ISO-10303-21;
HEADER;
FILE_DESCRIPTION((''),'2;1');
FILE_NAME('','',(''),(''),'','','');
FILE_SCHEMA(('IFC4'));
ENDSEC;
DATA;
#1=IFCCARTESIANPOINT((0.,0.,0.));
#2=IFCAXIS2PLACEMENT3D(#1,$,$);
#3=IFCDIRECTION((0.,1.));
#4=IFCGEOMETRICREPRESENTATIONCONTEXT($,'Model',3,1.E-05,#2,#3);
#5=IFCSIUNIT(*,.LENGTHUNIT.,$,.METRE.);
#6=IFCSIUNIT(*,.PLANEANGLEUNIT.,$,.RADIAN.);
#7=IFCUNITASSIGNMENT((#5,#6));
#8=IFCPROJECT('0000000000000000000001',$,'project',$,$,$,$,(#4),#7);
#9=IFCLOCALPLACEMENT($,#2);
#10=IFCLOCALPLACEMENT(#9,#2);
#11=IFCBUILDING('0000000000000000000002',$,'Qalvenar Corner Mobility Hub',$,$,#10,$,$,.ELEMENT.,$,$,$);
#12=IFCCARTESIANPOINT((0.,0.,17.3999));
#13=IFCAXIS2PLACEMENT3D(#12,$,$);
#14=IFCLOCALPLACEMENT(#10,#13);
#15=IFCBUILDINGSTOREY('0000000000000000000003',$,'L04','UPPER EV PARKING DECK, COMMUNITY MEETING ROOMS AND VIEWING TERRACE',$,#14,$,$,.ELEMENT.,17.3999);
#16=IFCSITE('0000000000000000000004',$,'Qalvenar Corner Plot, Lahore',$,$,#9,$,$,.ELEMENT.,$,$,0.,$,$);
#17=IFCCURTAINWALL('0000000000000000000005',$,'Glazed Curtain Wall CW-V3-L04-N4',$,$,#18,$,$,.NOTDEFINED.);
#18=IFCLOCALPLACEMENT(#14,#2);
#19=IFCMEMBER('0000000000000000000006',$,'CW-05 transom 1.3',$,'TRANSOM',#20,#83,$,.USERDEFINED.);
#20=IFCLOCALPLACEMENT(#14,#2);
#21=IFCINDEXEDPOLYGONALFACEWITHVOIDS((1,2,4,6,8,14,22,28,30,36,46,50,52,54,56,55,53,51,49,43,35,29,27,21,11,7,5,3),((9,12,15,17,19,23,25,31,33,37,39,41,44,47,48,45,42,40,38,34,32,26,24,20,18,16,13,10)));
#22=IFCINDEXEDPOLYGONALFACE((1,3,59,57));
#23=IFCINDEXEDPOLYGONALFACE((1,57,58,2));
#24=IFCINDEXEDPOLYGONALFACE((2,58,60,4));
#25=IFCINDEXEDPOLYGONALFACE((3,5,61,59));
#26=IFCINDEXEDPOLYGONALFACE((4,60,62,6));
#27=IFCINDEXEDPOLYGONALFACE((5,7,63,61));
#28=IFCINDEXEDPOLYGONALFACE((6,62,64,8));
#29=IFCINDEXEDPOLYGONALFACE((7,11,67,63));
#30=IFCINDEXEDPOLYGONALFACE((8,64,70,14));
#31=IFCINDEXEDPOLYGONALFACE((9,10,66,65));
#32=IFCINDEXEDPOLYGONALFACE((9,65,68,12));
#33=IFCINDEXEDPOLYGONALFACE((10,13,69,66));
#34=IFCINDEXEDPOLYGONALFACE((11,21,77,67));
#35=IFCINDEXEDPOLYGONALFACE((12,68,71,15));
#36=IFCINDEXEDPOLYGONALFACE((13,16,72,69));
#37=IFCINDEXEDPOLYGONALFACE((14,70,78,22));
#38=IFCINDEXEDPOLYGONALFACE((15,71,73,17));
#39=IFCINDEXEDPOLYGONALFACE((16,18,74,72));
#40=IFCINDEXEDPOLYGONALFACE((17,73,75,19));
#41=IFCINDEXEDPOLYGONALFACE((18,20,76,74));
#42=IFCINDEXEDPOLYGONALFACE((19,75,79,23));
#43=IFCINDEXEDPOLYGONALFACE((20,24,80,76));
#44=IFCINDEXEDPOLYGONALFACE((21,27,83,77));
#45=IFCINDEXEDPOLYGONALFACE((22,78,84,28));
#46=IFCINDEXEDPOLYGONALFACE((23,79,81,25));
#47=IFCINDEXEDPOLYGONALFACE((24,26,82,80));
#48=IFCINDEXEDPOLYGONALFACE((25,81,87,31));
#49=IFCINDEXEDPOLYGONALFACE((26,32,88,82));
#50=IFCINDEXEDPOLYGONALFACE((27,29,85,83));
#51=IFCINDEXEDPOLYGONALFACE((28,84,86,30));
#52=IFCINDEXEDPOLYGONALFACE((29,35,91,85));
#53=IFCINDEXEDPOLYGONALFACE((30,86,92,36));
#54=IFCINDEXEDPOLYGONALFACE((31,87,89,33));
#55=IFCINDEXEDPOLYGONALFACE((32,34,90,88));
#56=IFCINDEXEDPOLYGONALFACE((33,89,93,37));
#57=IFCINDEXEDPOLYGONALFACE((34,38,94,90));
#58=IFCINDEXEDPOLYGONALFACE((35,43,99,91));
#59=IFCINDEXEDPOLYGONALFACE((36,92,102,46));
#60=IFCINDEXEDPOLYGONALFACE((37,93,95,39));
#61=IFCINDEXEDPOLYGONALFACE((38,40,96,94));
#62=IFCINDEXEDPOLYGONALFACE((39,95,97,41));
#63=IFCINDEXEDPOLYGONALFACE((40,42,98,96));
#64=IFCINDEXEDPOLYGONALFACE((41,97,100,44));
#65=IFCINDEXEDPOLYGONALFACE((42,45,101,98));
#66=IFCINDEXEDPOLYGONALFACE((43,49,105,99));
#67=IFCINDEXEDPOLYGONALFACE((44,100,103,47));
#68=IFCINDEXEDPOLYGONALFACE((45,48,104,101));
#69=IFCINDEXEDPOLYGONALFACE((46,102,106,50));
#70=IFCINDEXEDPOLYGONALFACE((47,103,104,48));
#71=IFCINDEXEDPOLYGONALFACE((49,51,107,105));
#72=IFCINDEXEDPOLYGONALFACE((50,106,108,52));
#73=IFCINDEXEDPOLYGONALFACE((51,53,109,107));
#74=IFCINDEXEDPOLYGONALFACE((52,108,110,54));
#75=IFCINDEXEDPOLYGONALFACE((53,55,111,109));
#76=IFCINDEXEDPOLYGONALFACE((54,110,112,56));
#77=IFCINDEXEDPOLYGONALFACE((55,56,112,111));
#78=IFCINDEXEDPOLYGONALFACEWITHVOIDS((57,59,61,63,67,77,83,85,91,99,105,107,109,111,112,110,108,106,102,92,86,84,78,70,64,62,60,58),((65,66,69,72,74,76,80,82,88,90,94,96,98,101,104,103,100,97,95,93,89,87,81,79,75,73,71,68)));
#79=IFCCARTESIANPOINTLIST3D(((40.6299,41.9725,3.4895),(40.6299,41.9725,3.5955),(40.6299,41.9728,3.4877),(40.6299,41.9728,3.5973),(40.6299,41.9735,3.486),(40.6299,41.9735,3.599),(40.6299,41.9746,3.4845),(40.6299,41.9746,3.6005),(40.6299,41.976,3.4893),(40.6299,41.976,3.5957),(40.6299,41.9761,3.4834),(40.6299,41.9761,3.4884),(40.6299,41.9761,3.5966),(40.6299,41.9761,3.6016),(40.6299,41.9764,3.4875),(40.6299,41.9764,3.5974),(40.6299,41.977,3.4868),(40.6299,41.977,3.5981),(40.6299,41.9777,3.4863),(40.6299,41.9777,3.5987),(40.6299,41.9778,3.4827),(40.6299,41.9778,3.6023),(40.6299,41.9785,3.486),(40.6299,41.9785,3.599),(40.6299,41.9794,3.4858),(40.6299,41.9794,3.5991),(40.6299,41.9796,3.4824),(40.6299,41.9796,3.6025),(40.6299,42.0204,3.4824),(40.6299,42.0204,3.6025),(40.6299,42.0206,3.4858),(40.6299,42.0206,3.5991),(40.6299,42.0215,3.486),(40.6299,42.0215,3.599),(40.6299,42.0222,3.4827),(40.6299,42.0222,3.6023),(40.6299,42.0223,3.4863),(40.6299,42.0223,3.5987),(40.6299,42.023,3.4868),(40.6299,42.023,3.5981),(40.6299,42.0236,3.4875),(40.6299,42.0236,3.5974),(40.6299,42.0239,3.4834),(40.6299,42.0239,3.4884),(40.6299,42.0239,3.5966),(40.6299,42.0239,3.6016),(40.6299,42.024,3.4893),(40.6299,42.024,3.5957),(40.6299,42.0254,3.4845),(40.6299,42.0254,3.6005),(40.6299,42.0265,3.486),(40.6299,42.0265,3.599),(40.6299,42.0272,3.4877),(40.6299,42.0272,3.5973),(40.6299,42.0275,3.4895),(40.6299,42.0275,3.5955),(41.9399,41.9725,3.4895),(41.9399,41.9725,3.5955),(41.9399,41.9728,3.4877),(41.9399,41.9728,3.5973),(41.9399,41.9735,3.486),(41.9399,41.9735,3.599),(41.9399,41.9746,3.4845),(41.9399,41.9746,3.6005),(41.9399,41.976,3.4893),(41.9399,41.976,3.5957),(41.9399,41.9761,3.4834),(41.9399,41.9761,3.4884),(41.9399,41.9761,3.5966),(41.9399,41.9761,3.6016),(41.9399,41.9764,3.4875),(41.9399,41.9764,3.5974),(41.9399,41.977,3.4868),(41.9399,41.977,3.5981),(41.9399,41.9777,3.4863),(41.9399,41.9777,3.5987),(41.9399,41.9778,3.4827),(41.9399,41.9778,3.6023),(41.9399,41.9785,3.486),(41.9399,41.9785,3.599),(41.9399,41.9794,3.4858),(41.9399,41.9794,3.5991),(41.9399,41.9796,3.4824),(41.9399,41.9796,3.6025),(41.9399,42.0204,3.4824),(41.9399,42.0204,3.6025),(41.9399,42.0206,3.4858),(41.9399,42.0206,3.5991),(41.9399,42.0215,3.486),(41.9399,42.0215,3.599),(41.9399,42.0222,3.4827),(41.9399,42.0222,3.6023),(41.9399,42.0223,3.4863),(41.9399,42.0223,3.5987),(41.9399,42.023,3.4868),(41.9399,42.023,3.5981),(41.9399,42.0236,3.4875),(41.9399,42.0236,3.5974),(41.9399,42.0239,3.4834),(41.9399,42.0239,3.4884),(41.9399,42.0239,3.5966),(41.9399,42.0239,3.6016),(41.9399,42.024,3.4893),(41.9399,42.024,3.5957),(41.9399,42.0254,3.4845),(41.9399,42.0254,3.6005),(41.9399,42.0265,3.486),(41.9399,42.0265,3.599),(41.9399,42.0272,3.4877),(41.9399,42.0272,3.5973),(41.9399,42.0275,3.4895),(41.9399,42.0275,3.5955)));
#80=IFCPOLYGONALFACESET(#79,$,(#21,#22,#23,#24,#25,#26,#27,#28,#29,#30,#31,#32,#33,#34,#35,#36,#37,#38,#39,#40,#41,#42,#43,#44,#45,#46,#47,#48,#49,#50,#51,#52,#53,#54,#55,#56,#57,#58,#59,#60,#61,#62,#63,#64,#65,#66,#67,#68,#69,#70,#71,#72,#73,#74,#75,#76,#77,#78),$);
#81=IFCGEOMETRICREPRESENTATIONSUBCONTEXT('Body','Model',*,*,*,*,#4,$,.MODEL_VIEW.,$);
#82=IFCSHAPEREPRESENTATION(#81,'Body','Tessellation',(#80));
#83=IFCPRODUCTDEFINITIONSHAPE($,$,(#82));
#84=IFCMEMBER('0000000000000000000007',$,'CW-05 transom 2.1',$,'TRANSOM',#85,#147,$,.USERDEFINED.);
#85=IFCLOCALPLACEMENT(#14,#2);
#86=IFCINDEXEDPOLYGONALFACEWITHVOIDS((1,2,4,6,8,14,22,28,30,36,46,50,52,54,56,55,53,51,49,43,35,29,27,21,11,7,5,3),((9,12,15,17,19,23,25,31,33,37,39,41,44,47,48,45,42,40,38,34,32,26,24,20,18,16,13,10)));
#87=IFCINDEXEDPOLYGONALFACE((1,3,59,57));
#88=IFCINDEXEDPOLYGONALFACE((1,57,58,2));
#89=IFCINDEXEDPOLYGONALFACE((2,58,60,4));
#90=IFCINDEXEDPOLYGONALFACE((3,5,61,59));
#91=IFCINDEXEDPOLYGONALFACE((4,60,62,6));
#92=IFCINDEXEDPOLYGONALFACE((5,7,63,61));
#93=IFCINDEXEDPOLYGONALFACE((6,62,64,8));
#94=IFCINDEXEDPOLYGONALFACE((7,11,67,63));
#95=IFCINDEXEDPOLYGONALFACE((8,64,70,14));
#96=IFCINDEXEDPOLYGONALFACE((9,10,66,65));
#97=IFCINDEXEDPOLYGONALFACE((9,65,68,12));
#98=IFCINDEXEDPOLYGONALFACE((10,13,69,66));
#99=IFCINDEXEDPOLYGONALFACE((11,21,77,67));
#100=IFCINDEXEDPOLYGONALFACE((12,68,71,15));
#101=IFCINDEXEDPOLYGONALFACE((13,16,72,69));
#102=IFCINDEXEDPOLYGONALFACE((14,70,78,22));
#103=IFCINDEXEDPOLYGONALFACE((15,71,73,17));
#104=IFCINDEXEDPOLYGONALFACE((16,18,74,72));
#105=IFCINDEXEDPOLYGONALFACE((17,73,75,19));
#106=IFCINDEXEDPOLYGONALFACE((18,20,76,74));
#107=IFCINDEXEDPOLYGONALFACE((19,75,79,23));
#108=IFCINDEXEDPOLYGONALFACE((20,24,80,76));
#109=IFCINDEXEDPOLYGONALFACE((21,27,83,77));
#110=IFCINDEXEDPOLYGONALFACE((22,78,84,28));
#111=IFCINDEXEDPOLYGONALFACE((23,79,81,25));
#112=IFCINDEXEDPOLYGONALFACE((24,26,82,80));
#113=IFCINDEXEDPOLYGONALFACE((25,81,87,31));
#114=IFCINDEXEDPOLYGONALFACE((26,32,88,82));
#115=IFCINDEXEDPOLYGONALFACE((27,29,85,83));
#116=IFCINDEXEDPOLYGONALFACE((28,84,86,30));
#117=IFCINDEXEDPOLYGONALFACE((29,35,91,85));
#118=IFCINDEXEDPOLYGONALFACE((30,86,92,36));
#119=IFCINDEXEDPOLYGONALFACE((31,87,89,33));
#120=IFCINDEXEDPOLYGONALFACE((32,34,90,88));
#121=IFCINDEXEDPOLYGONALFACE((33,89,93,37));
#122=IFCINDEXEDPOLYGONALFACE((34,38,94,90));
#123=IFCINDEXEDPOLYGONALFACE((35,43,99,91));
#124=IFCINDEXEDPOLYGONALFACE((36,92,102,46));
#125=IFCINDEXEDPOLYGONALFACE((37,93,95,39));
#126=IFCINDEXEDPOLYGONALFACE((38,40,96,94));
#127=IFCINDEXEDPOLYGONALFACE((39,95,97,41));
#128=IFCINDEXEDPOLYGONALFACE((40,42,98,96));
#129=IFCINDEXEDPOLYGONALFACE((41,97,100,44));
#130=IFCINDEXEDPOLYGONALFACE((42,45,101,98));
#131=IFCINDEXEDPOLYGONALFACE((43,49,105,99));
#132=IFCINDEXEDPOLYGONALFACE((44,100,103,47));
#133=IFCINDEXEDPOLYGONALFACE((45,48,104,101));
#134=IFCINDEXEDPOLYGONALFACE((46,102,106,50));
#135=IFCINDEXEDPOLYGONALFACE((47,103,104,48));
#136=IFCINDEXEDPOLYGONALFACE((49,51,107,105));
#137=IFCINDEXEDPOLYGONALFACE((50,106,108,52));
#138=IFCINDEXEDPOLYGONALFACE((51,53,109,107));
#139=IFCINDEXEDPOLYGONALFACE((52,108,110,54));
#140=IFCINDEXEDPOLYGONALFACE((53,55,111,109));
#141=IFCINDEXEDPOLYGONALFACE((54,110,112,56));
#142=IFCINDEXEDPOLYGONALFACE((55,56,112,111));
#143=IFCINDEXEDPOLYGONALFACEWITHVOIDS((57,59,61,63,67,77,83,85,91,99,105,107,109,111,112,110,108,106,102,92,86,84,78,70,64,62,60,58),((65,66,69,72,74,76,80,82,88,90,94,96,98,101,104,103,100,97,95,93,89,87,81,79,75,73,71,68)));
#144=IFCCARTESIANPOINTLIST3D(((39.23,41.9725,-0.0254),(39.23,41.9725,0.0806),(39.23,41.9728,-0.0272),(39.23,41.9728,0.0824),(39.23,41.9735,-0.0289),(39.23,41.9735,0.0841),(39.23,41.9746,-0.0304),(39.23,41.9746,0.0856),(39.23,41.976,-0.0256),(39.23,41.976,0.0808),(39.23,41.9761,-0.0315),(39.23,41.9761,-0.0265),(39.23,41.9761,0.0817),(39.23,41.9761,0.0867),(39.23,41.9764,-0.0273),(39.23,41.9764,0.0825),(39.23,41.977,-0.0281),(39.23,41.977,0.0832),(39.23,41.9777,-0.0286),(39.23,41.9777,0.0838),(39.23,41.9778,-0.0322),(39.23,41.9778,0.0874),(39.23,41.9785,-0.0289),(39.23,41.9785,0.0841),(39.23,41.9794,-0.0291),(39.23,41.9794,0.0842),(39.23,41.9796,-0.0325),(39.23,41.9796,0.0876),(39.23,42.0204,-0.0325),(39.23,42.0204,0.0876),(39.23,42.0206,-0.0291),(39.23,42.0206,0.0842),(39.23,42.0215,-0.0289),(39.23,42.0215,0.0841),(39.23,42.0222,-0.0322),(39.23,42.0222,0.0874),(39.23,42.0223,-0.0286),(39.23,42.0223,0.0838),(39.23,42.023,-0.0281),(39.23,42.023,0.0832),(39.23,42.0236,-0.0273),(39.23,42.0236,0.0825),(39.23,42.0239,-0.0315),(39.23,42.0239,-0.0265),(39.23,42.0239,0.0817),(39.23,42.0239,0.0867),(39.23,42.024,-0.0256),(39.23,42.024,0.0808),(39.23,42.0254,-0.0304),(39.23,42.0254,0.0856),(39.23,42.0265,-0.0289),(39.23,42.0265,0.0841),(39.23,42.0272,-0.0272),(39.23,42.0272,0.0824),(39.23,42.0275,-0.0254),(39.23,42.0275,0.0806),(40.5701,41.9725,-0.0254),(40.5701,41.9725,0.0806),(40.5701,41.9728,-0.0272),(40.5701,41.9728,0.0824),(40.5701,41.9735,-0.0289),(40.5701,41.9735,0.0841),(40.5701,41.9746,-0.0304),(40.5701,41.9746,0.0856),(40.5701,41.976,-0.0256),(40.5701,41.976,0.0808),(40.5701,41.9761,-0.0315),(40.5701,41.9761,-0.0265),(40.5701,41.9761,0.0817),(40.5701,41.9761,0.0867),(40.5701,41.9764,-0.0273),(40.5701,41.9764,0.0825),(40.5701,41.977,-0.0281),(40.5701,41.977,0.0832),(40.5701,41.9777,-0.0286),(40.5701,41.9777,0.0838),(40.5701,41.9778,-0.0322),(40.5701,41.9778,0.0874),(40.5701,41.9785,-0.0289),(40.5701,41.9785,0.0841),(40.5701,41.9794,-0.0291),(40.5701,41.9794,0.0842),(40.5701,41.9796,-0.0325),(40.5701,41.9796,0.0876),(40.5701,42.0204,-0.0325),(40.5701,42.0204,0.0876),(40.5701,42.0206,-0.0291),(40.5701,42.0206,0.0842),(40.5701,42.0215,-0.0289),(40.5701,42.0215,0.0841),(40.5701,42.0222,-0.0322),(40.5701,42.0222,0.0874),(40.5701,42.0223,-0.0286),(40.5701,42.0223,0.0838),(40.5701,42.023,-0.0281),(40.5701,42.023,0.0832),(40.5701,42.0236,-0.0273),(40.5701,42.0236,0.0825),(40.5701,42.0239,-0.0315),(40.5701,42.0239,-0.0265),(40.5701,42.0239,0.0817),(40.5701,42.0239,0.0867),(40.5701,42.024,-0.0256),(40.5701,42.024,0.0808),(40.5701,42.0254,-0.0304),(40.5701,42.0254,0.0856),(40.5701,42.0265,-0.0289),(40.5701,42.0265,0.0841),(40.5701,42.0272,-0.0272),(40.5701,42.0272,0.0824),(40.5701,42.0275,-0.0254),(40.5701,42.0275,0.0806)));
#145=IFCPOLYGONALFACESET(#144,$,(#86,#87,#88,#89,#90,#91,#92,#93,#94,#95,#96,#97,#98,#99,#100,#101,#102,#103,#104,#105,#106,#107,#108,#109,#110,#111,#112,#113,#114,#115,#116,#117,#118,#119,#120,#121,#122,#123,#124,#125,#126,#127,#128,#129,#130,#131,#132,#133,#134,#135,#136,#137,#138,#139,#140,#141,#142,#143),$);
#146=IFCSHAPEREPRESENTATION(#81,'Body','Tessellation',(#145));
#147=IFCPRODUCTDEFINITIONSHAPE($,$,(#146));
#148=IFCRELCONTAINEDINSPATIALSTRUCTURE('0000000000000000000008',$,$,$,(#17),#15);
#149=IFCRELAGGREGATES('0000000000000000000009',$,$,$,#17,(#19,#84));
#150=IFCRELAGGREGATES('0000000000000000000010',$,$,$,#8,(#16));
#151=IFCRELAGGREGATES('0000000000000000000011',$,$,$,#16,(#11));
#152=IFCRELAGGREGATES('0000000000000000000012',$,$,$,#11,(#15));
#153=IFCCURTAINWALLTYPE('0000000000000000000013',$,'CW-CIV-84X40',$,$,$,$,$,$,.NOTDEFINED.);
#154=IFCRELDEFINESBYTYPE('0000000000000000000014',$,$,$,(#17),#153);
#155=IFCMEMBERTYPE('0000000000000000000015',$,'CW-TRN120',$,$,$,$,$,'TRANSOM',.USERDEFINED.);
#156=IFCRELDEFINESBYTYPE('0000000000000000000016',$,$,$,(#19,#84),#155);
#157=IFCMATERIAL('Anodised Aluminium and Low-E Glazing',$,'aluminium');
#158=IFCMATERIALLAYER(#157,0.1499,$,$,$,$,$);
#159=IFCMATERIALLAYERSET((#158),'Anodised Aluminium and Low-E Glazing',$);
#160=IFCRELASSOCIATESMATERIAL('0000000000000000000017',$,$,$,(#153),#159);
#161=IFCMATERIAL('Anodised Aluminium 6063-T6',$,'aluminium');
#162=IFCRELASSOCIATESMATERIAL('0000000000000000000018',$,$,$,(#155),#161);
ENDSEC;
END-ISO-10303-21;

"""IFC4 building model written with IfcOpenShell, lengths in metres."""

from ifc_helpers import new_model, si_unit, direction, frame, origin, origin_2d, place, context, subcontext, project, spatial, hollow_rectangle, extrude, material, layer, layer_set, material_profile, profile_set, type_object, element, aggregate, save


model = new_model("IFC4")

# Units and contexts
model_context = context("Model", 3, precision=1e-05, world=origin(), true_north=direction((0.0, 1.0)))
body_context = subcontext(model_context, "Body", "Model", "MODEL_VIEW")
ifc_project = project(units=[si_unit("LENGTHUNIT", "METRE"), si_unit("PLANEANGLEUNIT", "RADIAN")], contexts=[model_context])

# Site, building, storey
site_placement = place(None, origin())
site = spatial("IfcSite", under=ifc_project, at=site_placement, Name="Qalvenar Corner Plot, Lahore", CompositionType="ELEMENT", RefElevation=0.0)
building_placement = place(site_placement, origin())
building = spatial("IfcBuilding", under=site, at=building_placement, Name="Qalvenar Corner Mobility Hub", CompositionType="ELEMENT")
storey_placement = place(building_placement, frame((0.0, 0.0, 17.3999)))
storey = spatial("IfcBuildingStorey", under=building, at=storey_placement, Name="L04", Description="UPPER EV PARKING DECK, COMMUNITY MEETING ROOMS AND VIEWING TERRACE", CompositionType="ELEMENT", Elevation=17.3999)

# Curtain wall, members
ifc_material_1 = material(Name="Anodised Aluminium and Low-E Glazing", Category="aluminium")
ifc_layer_1 = layer(ifc_material_1, 0.1499)
ifc_layer_set_1 = layer_set([ifc_layer_1], Name="Anodised Aluminium and Low-E Glazing")
curtain_wall_type = type_object("IfcCurtainWallType", Name="CW-CIV-84X40", PredefinedType="NOTDEFINED", material=ifc_layer_set_1)
curtain_wall_placement = place(storey_placement, origin())
curtain_wall = element("IfcCurtainWall", 1, at=curtain_wall_placement, inside=storey, type_object=curtain_wall_type, Name="Glazed Curtain Wall CW-V3-L04-N4", PredefinedType="NOTDEFINED")
ifc_material_2 = material(Name="Anodised Aluminium 6063-T6", Category="aluminium")
ifc_material_profile_1 = material_profile(ifc_material_2, hollow_rectangle(XDim=0.0549, YDim=0.1201, WallThickness=0.0034, InnerFilletRadius=0.0034, OuterFilletRadius=0.0071, at=origin_2d()), Name="RHS120x55x3.5")
ifc_profile_set_1 = profile_set([ifc_material_profile_1], Name="Anodised Aluminium 6063-T6")
member_type_1 = type_object("IfcMemberType", Name="CW-TRN120", ElementType="TRANSOM", PredefinedType="USERDEFINED", material=ifc_profile_set_1)
member_1_placement = place(storey_placement, frame((41.9399, 42.0, 3.5425), z_axis=(-1.0, 0.0, 0.0), x_axis=(0.0, -1.0, 0.0)))
member_1 = element("IfcMember", 2, at=member_1_placement, type_object=member_type_1, Name="CW-05 transom 1.3", ObjectType="TRANSOM", PredefinedType="USERDEFINED", context=body_context, shape_type="SweptSolid", body=[
    extrude(hollow_rectangle(XDim=0.0549, YDim=0.1201, WallThickness=0.0034, InnerFilletRadius=0.0034, OuterFilletRadius=0.0071, at=origin_2d()), origin(), (0.0, 0.0, 1.0), 1.3101),
])
member_2_placement = place(storey_placement, frame((40.5701, 42.0, 0.0276), z_axis=(-1.0, 0.0, 0.0), x_axis=(0.0, -1.0, 0.0)))
member_2 = element("IfcMember", 3, at=member_2_placement, type_object=member_type_1, Name="CW-05 transom 2.1", ObjectType="TRANSOM", PredefinedType="USERDEFINED", context=body_context, shape_type="SweptSolid", body=[
    extrude(hollow_rectangle(XDim=0.0549, YDim=0.1201, WallThickness=0.0034, InnerFilletRadius=0.0034, OuterFilletRadius=0.0071, at=origin_2d()), origin(), (0.0, 0.0, 1.0), 1.3401),
])
aggregate(curtain_wall, [member_1, member_2])

save(model, "model.ifc")
